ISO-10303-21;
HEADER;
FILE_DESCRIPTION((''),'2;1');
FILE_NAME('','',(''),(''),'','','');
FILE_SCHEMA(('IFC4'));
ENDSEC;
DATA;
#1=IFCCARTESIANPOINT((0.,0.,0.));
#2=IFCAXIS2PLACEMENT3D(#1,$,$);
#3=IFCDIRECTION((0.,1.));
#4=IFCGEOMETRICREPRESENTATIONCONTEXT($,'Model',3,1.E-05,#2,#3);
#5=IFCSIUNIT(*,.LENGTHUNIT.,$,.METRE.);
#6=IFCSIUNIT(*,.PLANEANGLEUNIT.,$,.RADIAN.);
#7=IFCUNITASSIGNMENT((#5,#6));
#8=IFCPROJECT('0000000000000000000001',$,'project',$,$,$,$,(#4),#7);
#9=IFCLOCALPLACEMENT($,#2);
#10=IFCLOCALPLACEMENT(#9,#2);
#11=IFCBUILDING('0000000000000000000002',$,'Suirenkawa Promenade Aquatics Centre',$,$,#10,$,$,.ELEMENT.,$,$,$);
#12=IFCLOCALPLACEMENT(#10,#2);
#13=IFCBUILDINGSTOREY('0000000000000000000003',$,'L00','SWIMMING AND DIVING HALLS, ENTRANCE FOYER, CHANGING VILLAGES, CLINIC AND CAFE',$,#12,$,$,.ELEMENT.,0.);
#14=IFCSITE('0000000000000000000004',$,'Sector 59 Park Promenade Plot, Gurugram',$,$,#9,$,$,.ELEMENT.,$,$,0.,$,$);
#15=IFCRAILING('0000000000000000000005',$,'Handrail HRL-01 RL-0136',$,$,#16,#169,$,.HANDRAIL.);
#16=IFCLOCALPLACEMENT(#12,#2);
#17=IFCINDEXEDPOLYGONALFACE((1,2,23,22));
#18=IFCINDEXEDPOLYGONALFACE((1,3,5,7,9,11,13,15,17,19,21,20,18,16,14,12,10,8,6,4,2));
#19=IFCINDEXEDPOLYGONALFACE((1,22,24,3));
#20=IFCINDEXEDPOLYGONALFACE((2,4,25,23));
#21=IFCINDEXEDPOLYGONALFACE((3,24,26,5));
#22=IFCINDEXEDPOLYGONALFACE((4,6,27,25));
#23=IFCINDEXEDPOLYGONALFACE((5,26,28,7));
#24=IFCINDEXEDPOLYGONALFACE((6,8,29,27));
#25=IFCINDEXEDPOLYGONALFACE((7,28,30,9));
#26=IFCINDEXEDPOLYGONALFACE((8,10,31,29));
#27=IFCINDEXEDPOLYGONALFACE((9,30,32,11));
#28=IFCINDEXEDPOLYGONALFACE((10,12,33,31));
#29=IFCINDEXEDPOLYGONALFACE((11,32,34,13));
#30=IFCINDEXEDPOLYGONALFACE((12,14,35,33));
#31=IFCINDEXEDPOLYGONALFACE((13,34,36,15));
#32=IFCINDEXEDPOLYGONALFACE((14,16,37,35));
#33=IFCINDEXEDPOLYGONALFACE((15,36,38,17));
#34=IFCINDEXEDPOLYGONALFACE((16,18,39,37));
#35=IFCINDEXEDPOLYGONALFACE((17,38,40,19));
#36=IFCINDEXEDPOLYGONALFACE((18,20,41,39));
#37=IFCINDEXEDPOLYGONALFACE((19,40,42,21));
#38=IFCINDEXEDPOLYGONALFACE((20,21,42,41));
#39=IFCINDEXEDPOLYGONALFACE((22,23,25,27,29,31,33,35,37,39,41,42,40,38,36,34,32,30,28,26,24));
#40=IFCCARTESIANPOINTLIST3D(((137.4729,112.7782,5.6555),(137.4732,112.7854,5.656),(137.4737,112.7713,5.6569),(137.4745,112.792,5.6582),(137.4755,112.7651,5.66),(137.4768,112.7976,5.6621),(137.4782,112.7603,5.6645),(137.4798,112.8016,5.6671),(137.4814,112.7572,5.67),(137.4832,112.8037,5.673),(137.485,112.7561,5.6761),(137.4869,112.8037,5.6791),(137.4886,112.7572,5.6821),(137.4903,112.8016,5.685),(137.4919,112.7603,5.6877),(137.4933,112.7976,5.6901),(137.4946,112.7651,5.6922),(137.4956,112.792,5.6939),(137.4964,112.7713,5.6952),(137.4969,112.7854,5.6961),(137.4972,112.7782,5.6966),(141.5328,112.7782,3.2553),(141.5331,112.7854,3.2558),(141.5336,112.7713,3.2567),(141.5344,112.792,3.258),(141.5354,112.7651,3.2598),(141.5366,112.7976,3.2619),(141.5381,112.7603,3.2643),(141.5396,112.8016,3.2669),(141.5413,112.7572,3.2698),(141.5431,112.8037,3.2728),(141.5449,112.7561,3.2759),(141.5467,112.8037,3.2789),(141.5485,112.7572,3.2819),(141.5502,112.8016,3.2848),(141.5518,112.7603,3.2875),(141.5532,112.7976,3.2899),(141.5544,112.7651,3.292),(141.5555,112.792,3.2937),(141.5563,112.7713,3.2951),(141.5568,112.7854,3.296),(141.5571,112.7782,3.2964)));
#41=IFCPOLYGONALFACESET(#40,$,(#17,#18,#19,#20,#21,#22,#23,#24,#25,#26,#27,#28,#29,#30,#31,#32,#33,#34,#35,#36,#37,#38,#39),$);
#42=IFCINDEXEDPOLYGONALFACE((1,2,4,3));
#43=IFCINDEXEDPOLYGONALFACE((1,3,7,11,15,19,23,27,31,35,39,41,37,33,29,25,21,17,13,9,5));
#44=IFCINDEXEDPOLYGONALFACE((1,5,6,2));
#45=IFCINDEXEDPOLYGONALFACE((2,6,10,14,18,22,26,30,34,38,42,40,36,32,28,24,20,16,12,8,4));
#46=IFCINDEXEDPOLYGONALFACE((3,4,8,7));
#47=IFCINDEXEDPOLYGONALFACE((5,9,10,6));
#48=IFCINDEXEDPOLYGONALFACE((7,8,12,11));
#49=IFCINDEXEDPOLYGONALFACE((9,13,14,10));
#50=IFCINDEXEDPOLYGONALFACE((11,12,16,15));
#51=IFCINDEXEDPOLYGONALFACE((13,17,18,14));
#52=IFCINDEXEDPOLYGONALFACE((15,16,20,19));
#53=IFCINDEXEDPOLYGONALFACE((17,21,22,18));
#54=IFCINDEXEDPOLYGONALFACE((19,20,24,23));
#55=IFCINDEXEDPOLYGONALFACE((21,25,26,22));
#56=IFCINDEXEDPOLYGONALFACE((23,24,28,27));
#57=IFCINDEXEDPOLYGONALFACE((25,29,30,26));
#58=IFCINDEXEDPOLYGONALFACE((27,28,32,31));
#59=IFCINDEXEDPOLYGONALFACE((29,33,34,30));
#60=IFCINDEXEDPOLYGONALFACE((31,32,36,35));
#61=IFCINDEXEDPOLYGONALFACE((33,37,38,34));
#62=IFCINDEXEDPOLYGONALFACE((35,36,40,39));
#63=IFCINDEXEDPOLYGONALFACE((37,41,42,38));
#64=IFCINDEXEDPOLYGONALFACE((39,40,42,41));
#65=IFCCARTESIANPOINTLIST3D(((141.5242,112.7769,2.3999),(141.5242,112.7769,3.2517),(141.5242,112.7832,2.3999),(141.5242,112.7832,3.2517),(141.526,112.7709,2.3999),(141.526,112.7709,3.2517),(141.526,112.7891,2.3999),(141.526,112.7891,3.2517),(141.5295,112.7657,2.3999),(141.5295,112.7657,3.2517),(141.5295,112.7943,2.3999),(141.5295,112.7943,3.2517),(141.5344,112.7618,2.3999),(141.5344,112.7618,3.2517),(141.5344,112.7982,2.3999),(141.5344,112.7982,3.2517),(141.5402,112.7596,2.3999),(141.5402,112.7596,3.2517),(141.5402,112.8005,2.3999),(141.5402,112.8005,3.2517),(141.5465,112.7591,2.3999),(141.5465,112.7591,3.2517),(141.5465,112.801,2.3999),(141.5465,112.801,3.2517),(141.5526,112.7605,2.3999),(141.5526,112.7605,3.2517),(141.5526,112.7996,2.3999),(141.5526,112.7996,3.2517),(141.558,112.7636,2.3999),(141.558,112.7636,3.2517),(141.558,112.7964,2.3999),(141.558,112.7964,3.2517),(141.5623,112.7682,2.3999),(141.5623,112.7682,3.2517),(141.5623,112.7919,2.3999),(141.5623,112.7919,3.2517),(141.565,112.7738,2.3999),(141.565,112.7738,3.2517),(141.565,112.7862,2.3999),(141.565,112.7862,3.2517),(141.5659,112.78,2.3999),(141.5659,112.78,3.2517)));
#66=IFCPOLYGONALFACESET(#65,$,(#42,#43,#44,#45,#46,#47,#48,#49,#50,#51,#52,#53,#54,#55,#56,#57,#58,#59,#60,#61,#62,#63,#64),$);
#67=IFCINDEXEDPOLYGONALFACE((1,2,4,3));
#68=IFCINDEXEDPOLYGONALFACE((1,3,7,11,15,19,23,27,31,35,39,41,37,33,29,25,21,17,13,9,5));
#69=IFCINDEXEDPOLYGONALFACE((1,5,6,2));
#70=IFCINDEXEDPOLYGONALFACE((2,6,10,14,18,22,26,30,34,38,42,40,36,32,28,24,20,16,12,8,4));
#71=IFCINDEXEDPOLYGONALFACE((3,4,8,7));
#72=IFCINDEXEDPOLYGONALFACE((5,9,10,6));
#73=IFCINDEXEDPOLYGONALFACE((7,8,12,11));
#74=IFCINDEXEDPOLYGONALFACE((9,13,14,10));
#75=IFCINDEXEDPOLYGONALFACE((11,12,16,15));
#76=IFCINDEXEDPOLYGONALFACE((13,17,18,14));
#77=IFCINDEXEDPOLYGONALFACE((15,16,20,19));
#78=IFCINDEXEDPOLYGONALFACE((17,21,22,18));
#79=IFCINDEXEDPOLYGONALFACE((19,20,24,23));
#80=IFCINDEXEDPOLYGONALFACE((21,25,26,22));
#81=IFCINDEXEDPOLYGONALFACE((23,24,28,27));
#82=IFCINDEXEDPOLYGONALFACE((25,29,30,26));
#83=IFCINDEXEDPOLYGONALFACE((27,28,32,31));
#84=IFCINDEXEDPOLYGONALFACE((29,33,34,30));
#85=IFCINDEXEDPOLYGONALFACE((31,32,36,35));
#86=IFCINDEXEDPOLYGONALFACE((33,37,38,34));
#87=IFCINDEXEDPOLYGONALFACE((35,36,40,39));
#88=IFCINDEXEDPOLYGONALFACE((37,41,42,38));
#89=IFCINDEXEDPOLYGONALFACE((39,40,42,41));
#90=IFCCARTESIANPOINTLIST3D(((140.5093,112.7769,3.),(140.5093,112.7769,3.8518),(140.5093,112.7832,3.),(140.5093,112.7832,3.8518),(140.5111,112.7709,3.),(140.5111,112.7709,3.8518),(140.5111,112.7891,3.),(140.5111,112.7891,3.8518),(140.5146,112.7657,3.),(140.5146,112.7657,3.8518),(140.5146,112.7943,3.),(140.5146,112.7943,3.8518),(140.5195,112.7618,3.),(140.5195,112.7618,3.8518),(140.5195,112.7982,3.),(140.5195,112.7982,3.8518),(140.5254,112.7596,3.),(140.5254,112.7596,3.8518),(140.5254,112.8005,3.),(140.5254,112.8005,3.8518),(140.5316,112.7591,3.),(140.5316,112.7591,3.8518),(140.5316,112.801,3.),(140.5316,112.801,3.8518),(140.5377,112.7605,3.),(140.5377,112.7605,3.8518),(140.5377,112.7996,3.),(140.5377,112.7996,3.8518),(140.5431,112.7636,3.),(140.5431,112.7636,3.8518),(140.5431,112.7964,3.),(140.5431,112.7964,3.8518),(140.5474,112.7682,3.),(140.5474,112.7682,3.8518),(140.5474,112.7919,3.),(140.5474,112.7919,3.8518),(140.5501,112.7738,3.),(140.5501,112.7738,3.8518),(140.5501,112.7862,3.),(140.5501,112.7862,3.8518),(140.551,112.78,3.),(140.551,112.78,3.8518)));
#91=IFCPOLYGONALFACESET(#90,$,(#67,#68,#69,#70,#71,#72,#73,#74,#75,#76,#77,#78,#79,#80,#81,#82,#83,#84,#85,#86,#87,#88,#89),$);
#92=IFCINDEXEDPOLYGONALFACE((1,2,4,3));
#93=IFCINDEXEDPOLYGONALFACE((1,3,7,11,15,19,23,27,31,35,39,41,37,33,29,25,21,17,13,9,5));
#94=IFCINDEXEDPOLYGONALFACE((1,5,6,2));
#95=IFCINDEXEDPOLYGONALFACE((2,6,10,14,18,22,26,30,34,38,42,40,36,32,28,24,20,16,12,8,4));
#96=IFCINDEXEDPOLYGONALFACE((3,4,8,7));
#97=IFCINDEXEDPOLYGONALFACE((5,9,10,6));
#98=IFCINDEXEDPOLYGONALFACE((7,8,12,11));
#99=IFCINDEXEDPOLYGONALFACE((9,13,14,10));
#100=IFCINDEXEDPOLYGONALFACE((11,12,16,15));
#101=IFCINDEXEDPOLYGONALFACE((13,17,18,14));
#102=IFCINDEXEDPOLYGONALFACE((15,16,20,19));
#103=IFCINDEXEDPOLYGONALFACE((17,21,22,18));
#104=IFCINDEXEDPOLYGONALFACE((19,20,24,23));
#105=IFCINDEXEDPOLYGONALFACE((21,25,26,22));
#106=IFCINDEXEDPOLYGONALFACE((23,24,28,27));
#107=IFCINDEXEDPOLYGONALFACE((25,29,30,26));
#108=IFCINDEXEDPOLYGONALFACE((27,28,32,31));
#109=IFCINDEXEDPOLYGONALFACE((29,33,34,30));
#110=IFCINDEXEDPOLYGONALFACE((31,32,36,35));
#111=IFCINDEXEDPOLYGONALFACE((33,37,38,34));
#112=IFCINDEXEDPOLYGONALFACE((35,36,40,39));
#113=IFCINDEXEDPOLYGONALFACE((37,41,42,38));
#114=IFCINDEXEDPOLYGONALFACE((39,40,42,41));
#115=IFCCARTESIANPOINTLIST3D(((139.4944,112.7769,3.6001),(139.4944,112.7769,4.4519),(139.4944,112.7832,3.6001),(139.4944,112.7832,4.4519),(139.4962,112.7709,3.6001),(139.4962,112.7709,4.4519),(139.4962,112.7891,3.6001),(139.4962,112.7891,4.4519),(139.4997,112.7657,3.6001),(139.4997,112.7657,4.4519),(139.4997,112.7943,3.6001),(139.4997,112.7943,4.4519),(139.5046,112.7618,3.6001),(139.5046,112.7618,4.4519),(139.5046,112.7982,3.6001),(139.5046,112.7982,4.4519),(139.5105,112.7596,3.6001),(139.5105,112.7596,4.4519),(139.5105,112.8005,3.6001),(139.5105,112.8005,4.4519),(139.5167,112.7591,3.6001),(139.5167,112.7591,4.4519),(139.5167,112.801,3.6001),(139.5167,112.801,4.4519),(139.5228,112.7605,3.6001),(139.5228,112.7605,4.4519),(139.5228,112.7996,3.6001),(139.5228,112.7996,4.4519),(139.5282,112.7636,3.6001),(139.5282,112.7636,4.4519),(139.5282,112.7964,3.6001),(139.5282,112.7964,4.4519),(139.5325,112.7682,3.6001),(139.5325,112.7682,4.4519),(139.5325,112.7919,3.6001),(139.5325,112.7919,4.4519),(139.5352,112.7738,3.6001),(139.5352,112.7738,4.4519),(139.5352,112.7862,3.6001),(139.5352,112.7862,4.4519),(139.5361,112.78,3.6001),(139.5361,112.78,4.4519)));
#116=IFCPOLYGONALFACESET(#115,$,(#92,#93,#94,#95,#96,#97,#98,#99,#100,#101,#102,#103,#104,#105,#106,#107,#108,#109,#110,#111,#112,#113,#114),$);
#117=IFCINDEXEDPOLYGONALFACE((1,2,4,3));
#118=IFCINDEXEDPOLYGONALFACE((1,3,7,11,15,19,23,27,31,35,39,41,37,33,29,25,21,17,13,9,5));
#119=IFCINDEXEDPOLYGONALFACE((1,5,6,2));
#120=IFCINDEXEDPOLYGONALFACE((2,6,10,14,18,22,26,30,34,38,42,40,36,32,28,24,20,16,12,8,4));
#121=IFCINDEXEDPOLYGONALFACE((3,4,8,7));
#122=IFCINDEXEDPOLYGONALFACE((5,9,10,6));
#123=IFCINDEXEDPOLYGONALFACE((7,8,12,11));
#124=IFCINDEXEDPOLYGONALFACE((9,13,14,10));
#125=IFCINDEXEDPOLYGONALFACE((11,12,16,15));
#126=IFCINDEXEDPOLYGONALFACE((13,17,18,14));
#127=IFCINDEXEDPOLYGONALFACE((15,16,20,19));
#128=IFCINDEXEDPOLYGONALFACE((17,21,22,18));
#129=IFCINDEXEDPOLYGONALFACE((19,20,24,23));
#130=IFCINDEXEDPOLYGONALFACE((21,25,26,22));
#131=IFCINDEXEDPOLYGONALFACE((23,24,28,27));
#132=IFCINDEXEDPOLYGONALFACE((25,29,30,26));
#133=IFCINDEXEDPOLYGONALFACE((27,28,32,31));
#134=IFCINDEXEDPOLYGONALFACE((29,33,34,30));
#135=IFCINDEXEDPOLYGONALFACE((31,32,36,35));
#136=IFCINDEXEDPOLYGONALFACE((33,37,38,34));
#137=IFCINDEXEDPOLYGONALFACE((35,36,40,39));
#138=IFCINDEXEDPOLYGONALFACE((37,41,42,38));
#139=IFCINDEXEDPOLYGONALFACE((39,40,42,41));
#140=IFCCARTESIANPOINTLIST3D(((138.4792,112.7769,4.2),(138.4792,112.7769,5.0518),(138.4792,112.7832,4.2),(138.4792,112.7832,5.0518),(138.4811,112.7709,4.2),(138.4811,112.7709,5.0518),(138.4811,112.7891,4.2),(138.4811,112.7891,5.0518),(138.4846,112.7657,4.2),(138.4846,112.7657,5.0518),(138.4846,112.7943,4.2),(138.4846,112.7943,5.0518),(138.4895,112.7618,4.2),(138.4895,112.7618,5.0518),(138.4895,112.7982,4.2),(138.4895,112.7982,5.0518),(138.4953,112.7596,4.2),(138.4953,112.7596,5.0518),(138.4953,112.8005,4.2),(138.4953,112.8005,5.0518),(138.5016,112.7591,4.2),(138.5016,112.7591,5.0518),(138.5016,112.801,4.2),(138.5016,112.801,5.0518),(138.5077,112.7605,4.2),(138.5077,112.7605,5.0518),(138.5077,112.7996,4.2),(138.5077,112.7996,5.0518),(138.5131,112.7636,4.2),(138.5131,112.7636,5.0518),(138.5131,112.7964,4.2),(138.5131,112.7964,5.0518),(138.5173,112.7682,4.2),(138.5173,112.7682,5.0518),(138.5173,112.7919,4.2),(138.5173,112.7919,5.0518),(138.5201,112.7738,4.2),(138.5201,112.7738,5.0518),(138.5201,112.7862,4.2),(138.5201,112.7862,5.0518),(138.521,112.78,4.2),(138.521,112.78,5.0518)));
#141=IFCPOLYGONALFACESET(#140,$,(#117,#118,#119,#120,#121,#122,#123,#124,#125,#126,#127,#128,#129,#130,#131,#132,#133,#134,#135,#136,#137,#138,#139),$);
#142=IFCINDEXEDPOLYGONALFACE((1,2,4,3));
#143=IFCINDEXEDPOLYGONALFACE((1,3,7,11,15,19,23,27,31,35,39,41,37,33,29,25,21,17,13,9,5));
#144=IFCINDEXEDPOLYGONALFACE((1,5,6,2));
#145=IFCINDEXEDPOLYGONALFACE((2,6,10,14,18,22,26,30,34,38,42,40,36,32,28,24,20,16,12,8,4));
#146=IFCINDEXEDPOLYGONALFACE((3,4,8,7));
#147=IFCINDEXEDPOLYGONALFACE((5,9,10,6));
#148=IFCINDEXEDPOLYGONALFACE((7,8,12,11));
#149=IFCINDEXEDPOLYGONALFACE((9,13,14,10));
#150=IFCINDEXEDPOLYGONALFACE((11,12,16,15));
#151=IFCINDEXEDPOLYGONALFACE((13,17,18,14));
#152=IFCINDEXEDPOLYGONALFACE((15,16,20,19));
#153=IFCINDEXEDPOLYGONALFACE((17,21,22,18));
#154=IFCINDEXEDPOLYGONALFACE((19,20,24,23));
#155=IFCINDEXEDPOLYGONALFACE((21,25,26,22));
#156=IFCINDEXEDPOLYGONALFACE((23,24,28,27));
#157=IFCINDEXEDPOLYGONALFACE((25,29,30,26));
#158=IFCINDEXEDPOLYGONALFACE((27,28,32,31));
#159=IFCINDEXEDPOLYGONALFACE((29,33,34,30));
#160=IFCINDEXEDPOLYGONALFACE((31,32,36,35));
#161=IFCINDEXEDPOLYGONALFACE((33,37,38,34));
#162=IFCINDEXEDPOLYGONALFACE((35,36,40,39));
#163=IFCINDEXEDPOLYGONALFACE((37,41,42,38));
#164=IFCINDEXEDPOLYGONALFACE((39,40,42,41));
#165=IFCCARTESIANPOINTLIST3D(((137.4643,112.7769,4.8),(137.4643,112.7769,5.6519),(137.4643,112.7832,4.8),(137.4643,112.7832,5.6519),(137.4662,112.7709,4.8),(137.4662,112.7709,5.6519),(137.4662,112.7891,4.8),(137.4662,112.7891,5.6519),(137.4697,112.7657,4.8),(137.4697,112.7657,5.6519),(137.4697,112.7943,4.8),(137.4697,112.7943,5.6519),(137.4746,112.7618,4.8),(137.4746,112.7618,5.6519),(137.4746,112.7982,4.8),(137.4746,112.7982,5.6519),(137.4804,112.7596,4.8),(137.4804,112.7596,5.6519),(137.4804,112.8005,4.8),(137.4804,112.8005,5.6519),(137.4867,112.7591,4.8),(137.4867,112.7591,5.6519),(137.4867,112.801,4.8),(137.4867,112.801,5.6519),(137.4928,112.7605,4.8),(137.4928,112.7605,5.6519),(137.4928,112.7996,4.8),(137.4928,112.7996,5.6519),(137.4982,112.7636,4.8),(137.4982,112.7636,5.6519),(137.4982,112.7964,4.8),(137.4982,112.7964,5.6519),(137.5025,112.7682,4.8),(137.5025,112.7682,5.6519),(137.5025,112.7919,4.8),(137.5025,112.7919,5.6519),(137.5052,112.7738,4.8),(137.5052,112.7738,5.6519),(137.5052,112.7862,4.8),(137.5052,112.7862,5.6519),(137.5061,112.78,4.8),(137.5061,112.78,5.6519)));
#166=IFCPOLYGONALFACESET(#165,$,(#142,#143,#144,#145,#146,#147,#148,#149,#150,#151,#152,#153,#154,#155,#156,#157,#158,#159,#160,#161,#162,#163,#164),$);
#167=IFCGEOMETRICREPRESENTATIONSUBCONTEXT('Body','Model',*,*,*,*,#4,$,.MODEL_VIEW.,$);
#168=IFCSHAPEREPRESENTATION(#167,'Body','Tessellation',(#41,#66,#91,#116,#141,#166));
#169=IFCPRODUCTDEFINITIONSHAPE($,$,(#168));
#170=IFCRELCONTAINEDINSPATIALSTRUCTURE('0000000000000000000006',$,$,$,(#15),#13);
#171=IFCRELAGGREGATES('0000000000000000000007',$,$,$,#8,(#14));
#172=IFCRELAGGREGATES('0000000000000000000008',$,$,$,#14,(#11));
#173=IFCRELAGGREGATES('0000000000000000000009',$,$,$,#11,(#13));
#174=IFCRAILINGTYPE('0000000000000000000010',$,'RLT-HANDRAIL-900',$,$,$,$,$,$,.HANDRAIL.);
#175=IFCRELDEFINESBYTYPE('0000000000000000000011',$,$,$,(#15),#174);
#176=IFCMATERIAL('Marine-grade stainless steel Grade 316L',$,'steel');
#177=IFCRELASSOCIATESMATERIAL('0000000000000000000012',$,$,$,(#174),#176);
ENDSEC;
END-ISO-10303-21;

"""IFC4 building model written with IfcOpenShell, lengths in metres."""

from ifc_helpers import new_model, si_unit, direction, frame, origin, origin_2d, place, context, subcontext, project, spatial, circle, extrude, material, type_object, element, save


model = new_model("IFC4")

# Units and contexts
model_context = context("Model", 3, precision=1e-05, world=origin(), true_north=direction((0.0, 1.0)))
body_context = subcontext(model_context, "Body", "Model", "MODEL_VIEW")
ifc_project = project(units=[si_unit("LENGTHUNIT", "METRE"), si_unit("PLANEANGLEUNIT", "RADIAN")], contexts=[model_context])

# Site, building, storey
site_placement = place(None, origin())
site = spatial("IfcSite", under=ifc_project, at=site_placement, Name="Sector 59 Park Promenade Plot, Gurugram", CompositionType="ELEMENT", RefElevation=0.0)
building_placement = place(site_placement, origin())
building = spatial("IfcBuilding", under=site, at=building_placement, Name="Suirenkawa Promenade Aquatics Centre", CompositionType="ELEMENT")
storey_placement = place(building_placement, origin())
storey = spatial("IfcBuildingStorey", under=building, at=storey_placement, Name="L00", Description="SWIMMING AND DIVING HALLS, ENTRANCE FOYER, CHANGING VILLAGES, CLINIC AND CAFE", CompositionType="ELEMENT", Elevation=0.0)

# Shared definitions
ifc_material_1 = material(Name="Marine-grade stainless steel Grade 316L", Category="steel")

# Railing
railing_type_1 = type_object("IfcRailingType", Name="RLT-HANDRAIL-900", PredefinedType="HANDRAIL", material=ifc_material_1)
railing_1_placement = place(storey_placement, frame((141.5449, 112.78, 2.3999)))
element("IfcRailing", 1, at=railing_1_placement, inside=storey, type_object=railing_type_1, Name="Handrail HRL-01 RL-0136", PredefinedType="HANDRAIL", context=body_context, shape_type="SweptSolid", body=[
    extrude(circle(Radius=0.0239, at=origin_2d()), frame((0.0, 0.0, 0.876), z_axis=(-0.860818, 0.0, 0.508912), x_axis=(0.0, -1.0, 0.0)), (0.0, 0.0, 1.0), 4.7163),
    extrude(circle(Radius=0.021, at=origin_2d()), origin(), (0.0, 0.0, 1.0), 0.8518),
    extrude(circle(Radius=0.021, at=origin_2d()), frame((-1.0149, 0.0, 0.6001)), (0.0, 0.0, 1.0), 0.8518),
    extrude(circle(Radius=0.021, at=origin_2d()), frame((-2.0298, 0.0, 1.2002)), (0.0, 0.0, 1.0), 0.8518),
    extrude(circle(Radius=0.021, at=origin_2d()), frame((-3.0449, 0.0, 1.8)), (0.0, 0.0, 1.0), 0.8518),
    extrude(circle(Radius=0.021, at=origin_2d()), frame((-4.0598, 0.0, 2.4001)), (0.0, 0.0, 1.0), 0.8518),
])

save(model, "model.ifc")
